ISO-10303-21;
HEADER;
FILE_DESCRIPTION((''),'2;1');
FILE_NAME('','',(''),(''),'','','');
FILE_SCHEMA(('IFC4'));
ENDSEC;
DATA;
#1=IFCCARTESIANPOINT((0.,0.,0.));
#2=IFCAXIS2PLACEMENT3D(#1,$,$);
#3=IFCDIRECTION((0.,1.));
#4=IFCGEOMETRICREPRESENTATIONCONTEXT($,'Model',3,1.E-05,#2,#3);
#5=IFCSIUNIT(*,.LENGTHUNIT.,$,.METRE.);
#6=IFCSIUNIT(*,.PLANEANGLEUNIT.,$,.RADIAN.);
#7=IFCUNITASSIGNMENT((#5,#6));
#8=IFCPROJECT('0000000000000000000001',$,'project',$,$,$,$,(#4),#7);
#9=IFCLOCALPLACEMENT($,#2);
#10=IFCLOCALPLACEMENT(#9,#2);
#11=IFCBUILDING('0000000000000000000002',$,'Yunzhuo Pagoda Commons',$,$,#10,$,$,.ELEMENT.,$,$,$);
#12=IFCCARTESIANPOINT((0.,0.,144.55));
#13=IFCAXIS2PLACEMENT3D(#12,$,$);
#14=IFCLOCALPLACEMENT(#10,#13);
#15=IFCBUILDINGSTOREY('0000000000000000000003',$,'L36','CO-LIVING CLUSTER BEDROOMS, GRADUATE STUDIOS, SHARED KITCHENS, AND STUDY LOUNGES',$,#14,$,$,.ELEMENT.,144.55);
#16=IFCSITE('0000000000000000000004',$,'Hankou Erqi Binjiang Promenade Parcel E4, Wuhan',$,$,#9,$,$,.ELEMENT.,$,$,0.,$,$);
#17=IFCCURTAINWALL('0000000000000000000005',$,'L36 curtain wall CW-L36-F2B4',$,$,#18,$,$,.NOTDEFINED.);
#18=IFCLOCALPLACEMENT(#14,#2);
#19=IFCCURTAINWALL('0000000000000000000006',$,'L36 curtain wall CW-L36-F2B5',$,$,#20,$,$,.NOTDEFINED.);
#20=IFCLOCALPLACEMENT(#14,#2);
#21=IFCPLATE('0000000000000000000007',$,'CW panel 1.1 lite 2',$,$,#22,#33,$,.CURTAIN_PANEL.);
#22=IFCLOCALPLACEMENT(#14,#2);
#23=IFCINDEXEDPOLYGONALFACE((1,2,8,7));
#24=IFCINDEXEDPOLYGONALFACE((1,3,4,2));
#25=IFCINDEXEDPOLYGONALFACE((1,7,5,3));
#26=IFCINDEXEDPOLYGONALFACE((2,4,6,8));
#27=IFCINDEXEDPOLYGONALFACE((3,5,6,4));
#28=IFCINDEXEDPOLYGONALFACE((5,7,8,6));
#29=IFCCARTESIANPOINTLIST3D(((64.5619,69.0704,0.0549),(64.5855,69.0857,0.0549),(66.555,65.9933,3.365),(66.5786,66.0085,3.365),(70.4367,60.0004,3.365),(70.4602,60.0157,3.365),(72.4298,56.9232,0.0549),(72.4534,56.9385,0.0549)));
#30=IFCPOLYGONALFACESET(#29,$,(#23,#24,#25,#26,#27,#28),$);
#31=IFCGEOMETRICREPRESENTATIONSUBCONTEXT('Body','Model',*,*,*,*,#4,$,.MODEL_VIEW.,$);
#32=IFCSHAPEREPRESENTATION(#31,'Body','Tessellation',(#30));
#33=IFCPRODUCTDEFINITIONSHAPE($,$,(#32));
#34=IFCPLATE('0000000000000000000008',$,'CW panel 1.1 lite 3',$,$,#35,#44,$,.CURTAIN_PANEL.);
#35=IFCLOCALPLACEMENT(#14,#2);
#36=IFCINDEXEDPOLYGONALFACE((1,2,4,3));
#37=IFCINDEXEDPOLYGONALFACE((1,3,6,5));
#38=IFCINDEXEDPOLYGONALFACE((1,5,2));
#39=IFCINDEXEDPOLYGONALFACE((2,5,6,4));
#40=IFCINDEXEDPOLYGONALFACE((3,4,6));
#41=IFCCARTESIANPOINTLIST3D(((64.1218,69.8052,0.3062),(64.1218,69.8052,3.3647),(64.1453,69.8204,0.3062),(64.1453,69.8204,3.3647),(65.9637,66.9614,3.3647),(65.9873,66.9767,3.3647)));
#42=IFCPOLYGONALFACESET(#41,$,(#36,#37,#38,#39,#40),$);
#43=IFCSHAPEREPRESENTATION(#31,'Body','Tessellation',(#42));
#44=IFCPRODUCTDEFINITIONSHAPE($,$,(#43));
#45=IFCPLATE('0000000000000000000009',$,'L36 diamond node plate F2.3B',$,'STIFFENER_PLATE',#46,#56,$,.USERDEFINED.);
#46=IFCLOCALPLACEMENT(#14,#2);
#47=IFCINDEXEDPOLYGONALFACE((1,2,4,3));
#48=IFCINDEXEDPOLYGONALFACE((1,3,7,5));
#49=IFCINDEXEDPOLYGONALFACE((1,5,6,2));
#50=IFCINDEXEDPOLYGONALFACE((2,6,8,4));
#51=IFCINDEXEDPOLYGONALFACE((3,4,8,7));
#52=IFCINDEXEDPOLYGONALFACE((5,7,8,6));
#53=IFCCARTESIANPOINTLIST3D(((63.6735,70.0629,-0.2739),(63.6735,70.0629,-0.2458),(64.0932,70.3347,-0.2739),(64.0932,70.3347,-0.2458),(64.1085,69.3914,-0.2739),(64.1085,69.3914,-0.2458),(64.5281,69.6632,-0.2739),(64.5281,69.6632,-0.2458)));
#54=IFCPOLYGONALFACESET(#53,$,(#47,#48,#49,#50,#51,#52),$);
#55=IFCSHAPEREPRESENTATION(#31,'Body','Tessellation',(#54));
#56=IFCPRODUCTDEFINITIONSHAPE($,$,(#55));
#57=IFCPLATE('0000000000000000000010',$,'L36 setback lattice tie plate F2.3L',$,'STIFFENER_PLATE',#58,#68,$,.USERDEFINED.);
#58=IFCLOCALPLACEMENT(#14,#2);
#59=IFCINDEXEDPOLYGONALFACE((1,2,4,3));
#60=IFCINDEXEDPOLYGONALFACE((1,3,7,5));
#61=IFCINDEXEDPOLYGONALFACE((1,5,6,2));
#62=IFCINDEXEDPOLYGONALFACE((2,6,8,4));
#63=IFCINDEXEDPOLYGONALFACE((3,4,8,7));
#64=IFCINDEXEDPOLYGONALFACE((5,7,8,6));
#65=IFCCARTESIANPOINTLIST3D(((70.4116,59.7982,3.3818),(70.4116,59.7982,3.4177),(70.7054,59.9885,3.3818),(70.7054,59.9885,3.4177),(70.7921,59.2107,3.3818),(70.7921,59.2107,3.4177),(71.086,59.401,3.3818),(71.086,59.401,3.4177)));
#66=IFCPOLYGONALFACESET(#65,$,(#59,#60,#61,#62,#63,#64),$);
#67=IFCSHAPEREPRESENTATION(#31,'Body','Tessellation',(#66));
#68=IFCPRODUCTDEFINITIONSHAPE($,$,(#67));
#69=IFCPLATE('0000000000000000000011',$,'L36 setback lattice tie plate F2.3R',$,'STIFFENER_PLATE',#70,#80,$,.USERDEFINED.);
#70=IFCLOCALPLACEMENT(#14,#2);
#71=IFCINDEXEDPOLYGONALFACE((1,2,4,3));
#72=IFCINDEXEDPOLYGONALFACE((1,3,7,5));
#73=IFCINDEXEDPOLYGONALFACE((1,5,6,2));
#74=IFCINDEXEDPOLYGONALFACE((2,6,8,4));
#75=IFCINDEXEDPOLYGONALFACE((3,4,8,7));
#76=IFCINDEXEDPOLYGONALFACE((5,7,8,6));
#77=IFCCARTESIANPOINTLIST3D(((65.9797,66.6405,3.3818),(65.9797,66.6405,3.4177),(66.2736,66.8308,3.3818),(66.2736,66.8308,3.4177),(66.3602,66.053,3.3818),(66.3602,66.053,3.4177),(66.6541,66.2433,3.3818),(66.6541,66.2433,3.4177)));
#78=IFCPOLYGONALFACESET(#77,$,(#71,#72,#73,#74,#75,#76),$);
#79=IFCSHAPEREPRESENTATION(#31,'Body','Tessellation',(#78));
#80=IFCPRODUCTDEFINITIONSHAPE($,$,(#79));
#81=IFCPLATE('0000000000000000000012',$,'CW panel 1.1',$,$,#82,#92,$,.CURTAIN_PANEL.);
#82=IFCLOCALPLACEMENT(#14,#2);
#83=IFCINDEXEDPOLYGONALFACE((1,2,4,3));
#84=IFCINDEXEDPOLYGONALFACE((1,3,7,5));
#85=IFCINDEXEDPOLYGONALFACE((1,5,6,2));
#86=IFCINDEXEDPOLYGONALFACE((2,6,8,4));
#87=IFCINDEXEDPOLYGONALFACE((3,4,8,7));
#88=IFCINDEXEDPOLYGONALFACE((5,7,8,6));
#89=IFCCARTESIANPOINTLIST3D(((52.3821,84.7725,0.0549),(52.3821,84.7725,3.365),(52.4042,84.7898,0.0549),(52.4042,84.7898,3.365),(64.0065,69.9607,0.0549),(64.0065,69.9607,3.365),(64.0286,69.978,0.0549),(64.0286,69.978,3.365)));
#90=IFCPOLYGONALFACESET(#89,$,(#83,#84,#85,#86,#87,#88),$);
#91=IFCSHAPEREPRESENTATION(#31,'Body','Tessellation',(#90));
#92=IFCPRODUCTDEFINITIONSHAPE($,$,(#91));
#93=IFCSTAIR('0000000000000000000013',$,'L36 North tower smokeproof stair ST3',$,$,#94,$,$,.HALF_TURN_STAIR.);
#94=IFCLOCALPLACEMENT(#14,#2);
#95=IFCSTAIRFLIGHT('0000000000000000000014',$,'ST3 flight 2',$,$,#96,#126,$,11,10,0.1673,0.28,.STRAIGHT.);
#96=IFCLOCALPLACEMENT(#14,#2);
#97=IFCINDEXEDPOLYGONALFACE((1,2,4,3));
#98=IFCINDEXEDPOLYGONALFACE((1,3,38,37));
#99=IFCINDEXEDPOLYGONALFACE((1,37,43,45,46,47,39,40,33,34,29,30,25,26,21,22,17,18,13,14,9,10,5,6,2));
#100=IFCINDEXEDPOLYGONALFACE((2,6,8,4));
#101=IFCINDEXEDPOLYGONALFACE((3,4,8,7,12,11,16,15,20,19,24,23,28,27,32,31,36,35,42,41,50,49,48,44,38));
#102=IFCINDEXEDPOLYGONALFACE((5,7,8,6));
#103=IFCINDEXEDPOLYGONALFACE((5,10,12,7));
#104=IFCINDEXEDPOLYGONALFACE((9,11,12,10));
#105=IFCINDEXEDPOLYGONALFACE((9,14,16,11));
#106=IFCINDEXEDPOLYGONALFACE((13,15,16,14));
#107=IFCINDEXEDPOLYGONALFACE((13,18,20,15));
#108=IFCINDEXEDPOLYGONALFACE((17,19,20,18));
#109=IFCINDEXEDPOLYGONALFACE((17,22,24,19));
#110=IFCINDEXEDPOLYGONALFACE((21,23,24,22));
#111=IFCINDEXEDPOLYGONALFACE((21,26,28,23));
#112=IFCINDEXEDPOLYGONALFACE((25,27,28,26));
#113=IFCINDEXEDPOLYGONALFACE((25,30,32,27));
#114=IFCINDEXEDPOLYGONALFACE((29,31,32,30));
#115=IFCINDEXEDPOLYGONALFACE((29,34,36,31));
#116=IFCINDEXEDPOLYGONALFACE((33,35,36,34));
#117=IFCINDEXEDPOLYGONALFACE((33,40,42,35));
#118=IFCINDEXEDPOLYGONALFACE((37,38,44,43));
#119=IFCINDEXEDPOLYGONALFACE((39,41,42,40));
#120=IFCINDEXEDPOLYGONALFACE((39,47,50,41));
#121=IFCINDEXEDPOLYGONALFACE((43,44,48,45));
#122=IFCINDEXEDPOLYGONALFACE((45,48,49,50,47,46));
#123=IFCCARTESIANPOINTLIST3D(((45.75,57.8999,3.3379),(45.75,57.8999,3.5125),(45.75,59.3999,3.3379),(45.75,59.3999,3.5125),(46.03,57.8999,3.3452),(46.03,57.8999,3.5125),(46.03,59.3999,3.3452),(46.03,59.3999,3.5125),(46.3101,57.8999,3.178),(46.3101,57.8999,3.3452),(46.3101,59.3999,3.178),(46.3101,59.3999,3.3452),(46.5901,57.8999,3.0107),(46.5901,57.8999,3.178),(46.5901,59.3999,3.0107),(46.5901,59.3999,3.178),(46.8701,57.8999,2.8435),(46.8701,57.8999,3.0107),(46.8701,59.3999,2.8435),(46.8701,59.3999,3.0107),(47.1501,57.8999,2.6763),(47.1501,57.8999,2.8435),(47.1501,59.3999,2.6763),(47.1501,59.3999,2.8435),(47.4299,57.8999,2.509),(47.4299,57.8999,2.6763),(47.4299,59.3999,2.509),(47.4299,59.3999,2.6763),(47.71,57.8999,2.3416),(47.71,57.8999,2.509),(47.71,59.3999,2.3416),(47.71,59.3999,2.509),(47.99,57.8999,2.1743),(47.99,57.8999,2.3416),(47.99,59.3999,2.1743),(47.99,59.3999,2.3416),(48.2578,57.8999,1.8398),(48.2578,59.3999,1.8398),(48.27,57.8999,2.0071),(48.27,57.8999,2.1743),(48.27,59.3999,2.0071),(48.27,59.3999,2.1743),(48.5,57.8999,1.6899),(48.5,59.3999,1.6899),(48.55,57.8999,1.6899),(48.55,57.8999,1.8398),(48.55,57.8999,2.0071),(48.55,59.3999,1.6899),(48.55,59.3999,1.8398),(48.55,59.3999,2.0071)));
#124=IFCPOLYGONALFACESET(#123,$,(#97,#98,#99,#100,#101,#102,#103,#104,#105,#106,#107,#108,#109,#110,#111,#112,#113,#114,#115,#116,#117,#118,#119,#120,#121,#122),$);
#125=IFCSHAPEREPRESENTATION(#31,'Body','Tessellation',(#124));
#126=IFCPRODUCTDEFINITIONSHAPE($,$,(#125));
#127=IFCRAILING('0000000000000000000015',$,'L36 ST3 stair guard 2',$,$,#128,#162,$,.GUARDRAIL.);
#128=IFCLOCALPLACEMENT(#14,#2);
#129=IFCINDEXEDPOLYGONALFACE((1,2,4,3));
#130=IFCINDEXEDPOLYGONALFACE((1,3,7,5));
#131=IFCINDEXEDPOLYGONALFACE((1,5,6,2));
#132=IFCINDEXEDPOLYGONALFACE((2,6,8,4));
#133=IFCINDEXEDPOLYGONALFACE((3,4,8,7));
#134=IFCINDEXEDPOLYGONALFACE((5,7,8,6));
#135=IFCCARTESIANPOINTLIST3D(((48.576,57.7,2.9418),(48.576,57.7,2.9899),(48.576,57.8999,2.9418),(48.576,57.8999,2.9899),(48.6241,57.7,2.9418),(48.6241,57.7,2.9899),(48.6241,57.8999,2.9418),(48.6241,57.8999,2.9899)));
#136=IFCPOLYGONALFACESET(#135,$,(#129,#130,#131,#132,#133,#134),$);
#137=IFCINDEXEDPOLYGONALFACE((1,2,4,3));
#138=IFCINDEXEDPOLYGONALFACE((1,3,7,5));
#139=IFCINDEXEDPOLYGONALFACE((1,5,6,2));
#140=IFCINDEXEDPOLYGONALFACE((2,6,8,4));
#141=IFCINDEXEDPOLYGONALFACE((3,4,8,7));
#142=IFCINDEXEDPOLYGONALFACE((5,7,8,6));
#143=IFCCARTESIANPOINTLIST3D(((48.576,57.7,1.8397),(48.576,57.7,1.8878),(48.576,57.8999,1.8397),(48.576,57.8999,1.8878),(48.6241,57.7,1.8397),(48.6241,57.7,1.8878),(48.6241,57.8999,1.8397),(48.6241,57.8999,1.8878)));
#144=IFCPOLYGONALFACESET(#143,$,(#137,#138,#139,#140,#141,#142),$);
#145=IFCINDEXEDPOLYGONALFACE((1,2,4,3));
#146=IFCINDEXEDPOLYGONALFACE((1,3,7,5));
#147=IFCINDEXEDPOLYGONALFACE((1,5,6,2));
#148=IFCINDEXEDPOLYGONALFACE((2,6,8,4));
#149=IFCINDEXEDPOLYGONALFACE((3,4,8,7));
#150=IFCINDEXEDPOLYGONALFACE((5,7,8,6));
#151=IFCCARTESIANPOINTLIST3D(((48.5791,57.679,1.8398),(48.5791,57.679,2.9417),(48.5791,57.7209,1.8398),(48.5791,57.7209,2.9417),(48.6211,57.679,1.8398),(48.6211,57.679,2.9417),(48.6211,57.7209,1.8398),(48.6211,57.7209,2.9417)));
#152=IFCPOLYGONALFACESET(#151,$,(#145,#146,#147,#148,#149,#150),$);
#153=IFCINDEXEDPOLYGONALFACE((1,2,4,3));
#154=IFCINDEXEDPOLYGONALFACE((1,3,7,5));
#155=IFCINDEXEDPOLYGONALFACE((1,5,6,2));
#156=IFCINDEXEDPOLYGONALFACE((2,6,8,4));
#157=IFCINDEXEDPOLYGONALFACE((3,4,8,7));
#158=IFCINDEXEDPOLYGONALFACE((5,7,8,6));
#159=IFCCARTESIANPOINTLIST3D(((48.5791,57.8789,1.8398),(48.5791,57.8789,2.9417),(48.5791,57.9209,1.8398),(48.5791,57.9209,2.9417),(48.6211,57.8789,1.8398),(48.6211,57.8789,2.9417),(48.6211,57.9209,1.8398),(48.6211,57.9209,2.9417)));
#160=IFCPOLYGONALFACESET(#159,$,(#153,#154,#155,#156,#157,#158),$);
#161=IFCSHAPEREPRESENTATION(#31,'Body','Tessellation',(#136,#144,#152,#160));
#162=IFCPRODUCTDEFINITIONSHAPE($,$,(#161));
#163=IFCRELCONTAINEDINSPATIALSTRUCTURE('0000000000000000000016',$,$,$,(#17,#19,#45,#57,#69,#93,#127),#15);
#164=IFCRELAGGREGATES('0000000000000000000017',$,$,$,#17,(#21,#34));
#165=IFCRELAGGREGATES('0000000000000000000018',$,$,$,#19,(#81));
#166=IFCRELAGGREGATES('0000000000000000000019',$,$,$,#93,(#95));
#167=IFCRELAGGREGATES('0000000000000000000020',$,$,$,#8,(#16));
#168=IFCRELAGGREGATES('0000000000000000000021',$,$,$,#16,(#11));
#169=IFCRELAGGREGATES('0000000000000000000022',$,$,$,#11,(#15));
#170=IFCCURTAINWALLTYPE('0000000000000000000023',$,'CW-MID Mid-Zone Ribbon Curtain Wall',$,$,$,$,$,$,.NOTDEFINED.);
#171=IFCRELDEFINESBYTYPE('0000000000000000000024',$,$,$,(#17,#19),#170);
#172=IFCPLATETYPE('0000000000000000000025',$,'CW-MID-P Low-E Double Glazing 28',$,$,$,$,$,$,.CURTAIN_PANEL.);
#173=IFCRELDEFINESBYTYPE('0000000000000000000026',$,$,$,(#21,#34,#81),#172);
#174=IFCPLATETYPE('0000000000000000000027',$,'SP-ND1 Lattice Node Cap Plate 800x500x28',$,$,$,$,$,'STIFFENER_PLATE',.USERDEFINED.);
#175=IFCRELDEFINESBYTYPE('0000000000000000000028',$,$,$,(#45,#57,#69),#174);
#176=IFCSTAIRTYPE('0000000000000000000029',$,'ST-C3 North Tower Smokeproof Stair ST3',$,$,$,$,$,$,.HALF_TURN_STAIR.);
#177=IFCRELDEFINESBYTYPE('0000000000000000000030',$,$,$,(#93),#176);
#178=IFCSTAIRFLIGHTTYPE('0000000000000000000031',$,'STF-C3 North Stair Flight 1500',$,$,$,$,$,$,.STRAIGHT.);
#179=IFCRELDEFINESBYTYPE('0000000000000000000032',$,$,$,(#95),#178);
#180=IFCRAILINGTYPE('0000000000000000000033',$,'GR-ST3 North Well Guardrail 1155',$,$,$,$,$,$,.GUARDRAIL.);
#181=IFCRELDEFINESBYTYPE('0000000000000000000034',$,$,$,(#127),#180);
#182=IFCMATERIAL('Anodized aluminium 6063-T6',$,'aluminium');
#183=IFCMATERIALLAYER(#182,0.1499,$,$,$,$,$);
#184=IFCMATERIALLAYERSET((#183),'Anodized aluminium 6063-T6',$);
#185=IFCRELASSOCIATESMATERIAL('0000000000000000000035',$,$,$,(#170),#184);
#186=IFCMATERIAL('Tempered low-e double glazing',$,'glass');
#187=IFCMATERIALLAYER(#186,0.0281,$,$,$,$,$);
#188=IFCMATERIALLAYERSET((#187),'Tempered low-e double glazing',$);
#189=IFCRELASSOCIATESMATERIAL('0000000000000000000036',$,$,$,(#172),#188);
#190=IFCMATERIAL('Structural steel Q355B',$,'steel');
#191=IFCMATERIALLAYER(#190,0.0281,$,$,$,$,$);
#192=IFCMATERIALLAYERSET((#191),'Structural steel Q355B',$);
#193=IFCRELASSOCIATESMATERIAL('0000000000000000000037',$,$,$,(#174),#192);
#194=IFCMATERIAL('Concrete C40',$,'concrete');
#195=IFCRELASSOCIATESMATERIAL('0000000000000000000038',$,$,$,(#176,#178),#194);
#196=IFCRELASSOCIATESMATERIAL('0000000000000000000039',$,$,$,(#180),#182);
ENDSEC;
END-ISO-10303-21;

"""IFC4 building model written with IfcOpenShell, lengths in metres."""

from ifc_helpers import new_model, si_unit, direction, frame, origin, origin_2d, place, context, subcontext, project, spatial, polyline, rectangle, outline, extrude, source, transform, mapped, material, layer, layer_set, type_object, element, aggregate, save


model = new_model("IFC4")

# Units and contexts
model_context = context("Model", 3, precision=1e-05, world=origin(), true_north=direction((0.0, 1.0)))
body_context = subcontext(model_context, "Body", "Model", "MODEL_VIEW")
ifc_project = project(units=[si_unit("LENGTHUNIT", "METRE"), si_unit("PLANEANGLEUNIT", "RADIAN")], contexts=[model_context])

# Site, building, storey
site_placement = place(None, origin())
site = spatial("IfcSite", under=ifc_project, at=site_placement, Name="Hankou Erqi Binjiang Promenade Parcel E4, Wuhan", CompositionType="ELEMENT", RefElevation=0.0)
building_placement = place(site_placement, origin())
building = spatial("IfcBuilding", under=site, at=building_placement, Name="Yunzhuo Pagoda Commons", CompositionType="ELEMENT")
storey_placement = place(building_placement, frame((0.0, 0.0, 144.55)))
storey = spatial("IfcBuildingStorey", under=building, at=storey_placement, Name="L36", Description="CO-LIVING CLUSTER BEDROOMS, GRADUATE STUDIOS, SHARED KITCHENS, AND STUDY LOUNGES", CompositionType="ELEMENT", Elevation=144.55)

# Shared definitions
ifc_material_1 = material(Name="Structural steel Q355B", Category="steel")

# Curtain wall
ifc_material_2 = material(Name="Anodized aluminium 6063-T6", Category="aluminium")
ifc_layer_1 = layer(ifc_material_2, 0.1499)
ifc_layer_set_1 = layer_set([ifc_layer_1], Name="Anodized aluminium 6063-T6")
curtain_wall_type = type_object("IfcCurtainWallType", Name="CW-MID Mid-Zone Ribbon Curtain Wall", PredefinedType="NOTDEFINED", material=ifc_layer_set_1)
curtain_wall_1_placement = place(storey_placement, origin())
curtain_wall_1 = element("IfcCurtainWall", 1, at=curtain_wall_1_placement, inside=storey, type_object=curtain_wall_type, Name="L36 curtain wall CW-L36-F2B4", PredefinedType="NOTDEFINED")

# Curtain wall
curtain_wall_2_placement = place(storey_placement, origin())
curtain_wall_2 = element("IfcCurtainWall", 2, at=curtain_wall_2_placement, inside=storey, type_object=curtain_wall_type, Name="L36 curtain wall CW-L36-F2B5", PredefinedType="NOTDEFINED")

# Plates
ifc_material_3 = material(Name="Tempered low-e double glazing", Category="glass")
ifc_layer_2 = layer(ifc_material_3, 0.0281)
ifc_layer_set_2 = layer_set([ifc_layer_2], Name="Tempered low-e double glazing")
plate_type_1 = type_object("IfcPlateType", Name="CW-MID-P Low-E Double Glazing 28", PredefinedType="CURTAIN_PANEL", material=ifc_layer_set_2)
plate_1_placement = place(storey_placement, frame((68.4958, 62.9968, 1.71), z_axis=(0.83932, 0.543637, 0.0), x_axis=(-0.543637, 0.83932, 0.0)))
plate_1 = element("IfcPlate", 3, at=plate_1_placement, type_object=plate_type_1, Name="CW panel 1.1 lite 2", PredefinedType="CURTAIN_PANEL", context=body_context, shape_type="SweptSolid", body=[
    extrude(outline(polyline([(-7.2363, -1.655), (7.2363, -1.655), (3.5701, 1.655), (-3.5701, 1.655), (-7.2363, -1.655)])), origin(), (0.0, 0.0, 1.0), 0.0281),
])
plate_2_placement = place(storey_placement, frame((65.0427, 68.3833, 1.8354), z_axis=(0.83932, 0.543637, 0.0), x_axis=(-0.543637, 0.83932, 0.0)))
plate_2 = element("IfcPlate", 4, at=plate_2_placement, type_object=plate_type_1, Name="CW panel 1.1 lite 3", PredefinedType="CURTAIN_PANEL", context=body_context, shape_type="SweptSolid", body=[
    extrude(outline(polyline([(-1.6941, 1.5293), (1.6941, -1.5293), (1.6941, 1.5293), (-1.6941, 1.5293)])), origin(), (0.0, 0.0, 1.0), 0.0281),
])
aggregate(curtain_wall_1, [plate_1, plate_2])

# Plates
ifc_layer_3 = layer(ifc_material_1, 0.0281)
ifc_layer_set_3 = layer_set([ifc_layer_3], Name="Structural steel Q355B")
plate_type_2 = type_object("IfcPlateType", Name="SP-ND1 Lattice Node Cap Plate 800x500x28", ElementType="STIFFENER_PLATE", PredefinedType="USERDEFINED", material=ifc_layer_set_3)
shared_shape_1 = source(origin(), body_context, "Body", "SweptSolid", [
    extrude(rectangle(XDim=0.8, YDim=0.5, at=origin_2d()), origin(), (0.0, 0.0, 1.0), 0.0281),
])
plate_3_placement = place(storey_placement, frame((64.1008, 69.863, -0.2739), z_axis=(0.0, 0.0, 1.0), x_axis=(-0.543643, 0.839316, 0.0)))
element("IfcPlate", 5, at=plate_3_placement, inside=storey, type_object=plate_type_2, Name="L36 diamond node plate F2.3B", ObjectType="STIFFENER_PLATE", PredefinedType="USERDEFINED", context=body_context, shape_type="MappedRepresentation", body=[
    mapped(shared_shape_1, transform((0.0, 0.0, 0.0), scale=1.0)),
])
shared_shape_2 = source(origin(), body_context, "Body", "SweptSolid", [
    extrude(rectangle(XDim=0.7, YDim=0.3501, at=origin_2d()), origin(), (0.0, 0.0, 1.0), 0.0359),
])
for number, where, z_axis, x_axis, name in (
    (6, (70.7488, 59.5996, 3.3818), (0.0, 0.0, 1.0), (-0.543643, 0.839316, 0.0), "L36 setback lattice tie plate F2.3L"),
    (7, (66.3169, 66.4419, 3.3818), (0.0, 0.0, 1.0), (-0.543643, 0.839316, 0.0), "L36 setback lattice tie plate F2.3R"),
):
    element("IfcPlate", number, at=place(storey_placement, frame(where, z_axis=z_axis, x_axis=x_axis)), inside=storey, type_object=plate_type_2, Name=name, ObjectType="STIFFENER_PLATE", PredefinedType="USERDEFINED", context=body_context, shape_type="MappedRepresentation", body=[
        mapped(shared_shape_2, transform((0.0, 0.0, 0.0), scale=1.0)),
    ])

# Plate
shared_shape_3 = source(origin(), body_context, "Body", "SweptSolid", [
    extrude(rectangle(XDim=18.8286, YDim=0.0281, at=origin_2d()), origin(), (0.0, 0.0, 1.0), 3.3101),
])
plate_4_placement = place(storey_placement, frame((58.2053, 77.3752, 0.0549), z_axis=(0.0, 0.0, 1.0), x_axis=(-0.61738, 0.786665, 0.0)))
plate_4 = element("IfcPlate", 8, at=plate_4_placement, type_object=plate_type_1, Name="CW panel 1.1", PredefinedType="CURTAIN_PANEL", context=body_context, shape_type="MappedRepresentation", body=[
    mapped(shared_shape_3, transform((0.0, 0.0, 0.0), scale=1.0)),
])
aggregate(curtain_wall_2, [plate_4])

# Stair, stair flight
ifc_material_4 = material(Name="Concrete C40", Category="concrete")
stair_type = type_object("IfcStairType", Name="ST-C3 North Tower Smokeproof Stair ST3", PredefinedType="HALF_TURN_STAIR", material=ifc_material_4)
stair_placement = place(storey_placement, origin())
stair = element("IfcStair", 9, at=stair_placement, inside=storey, type_object=stair_type, Name="L36 North tower smokeproof stair ST3", PredefinedType="HALF_TURN_STAIR")
stair_flight_type = type_object("IfcStairFlightType", Name="STF-C3 North Stair Flight 1500", PredefinedType="STRAIGHT", material=ifc_material_4)
shared_shape_4 = source(origin(), body_context, "Body", "SweptSolid", [
    extrude(outline(polyline([(0.0, -0.1499), (0.0, 0.0), (0.0, 0.1672), (0.28, 0.1672), (0.28, 0.3345), (0.5601, 0.3345), (0.5601, 0.5017), (0.8401, 0.5017), (0.8401, 0.6692), (1.1201, 0.6692), (1.1201, 0.8364), (1.3999, 0.8364), (1.3999, 1.0037), (1.6799, 1.0037), (1.6799, 1.1709), (1.96, 1.1709), (1.96, 1.3381), (2.24, 1.3381), (2.24, 1.5054), (2.52, 1.5054), (2.52, 1.6726), (2.8, 1.6726), (2.8, 1.8401), (2.8, 1.498), (0.2922, 0.0), (0.05, -0.1499), (0.0, -0.1499)])), frame((0.0, 0.75, 0.0), z_axis=(0.0, -1.0, 0.0), x_axis=(1.0, 0.0, 0.0)), (0.0, 0.0, 1.0), 1.5),
])
stair_flight_placement = place(storey_placement, frame((48.55, 58.6499, 1.8398), z_axis=(0.0, 0.0, 1.0), x_axis=(-1.0, 0.0, 0.0)))
stair_flight = element("IfcStairFlight", 10, at=stair_flight_placement, type_object=stair_flight_type, Name="ST3 flight 2", NumberOfRisers=11, NumberOfTreads=10, PredefinedType="STRAIGHT", RiserHeight=0.1673, TreadLength=0.28, context=body_context, shape_type="MappedRepresentation", body=[
    mapped(shared_shape_4, transform((0.0, 0.0, 0.0), scale=1.0)),
])
aggregate(stair, [stair_flight])

# Railing
railing_type_1 = type_object("IfcRailingType", Name="GR-ST3 North Well Guardrail 1155", PredefinedType="GUARDRAIL", material=ifc_material_2)
railing_1_placement = place(storey_placement, frame((48.6001, 57.7, 1.8398)))
element("IfcRailing", 11, at=railing_1_placement, inside=storey, type_object=railing_type_1, Name="L36 ST3 stair guard 2", PredefinedType="GUARDRAIL", context=body_context, shape_type="SweptSolid", body=[
    extrude(rectangle(XDim=0.0481, YDim=0.0481, at=origin_2d()), frame((0.0, 0.0, 1.126), z_axis=(0.0, 1.0, 0.0), x_axis=(-1.0, 0.0, 0.0)), (0.0, 0.0, 1.0), 0.2),
    extrude(rectangle(XDim=0.0481, YDim=0.0481, at=origin_2d()), frame((0.0, 0.0, 0.0239), z_axis=(0.0, 1.0, 0.0), x_axis=(-1.0, 0.0, 0.0)), (0.0, 0.0, 1.0), 0.2),
    extrude(rectangle(XDim=0.042, YDim=0.042, at=origin_2d()), origin(), (0.0, 0.0, 1.0), 1.1018),
    extrude(rectangle(XDim=0.042, YDim=0.042, at=origin_2d()), frame((0.0, 0.2, 0.0)), (0.0, 0.0, 1.0), 1.1018),
])

save(model, "model.ifc")
